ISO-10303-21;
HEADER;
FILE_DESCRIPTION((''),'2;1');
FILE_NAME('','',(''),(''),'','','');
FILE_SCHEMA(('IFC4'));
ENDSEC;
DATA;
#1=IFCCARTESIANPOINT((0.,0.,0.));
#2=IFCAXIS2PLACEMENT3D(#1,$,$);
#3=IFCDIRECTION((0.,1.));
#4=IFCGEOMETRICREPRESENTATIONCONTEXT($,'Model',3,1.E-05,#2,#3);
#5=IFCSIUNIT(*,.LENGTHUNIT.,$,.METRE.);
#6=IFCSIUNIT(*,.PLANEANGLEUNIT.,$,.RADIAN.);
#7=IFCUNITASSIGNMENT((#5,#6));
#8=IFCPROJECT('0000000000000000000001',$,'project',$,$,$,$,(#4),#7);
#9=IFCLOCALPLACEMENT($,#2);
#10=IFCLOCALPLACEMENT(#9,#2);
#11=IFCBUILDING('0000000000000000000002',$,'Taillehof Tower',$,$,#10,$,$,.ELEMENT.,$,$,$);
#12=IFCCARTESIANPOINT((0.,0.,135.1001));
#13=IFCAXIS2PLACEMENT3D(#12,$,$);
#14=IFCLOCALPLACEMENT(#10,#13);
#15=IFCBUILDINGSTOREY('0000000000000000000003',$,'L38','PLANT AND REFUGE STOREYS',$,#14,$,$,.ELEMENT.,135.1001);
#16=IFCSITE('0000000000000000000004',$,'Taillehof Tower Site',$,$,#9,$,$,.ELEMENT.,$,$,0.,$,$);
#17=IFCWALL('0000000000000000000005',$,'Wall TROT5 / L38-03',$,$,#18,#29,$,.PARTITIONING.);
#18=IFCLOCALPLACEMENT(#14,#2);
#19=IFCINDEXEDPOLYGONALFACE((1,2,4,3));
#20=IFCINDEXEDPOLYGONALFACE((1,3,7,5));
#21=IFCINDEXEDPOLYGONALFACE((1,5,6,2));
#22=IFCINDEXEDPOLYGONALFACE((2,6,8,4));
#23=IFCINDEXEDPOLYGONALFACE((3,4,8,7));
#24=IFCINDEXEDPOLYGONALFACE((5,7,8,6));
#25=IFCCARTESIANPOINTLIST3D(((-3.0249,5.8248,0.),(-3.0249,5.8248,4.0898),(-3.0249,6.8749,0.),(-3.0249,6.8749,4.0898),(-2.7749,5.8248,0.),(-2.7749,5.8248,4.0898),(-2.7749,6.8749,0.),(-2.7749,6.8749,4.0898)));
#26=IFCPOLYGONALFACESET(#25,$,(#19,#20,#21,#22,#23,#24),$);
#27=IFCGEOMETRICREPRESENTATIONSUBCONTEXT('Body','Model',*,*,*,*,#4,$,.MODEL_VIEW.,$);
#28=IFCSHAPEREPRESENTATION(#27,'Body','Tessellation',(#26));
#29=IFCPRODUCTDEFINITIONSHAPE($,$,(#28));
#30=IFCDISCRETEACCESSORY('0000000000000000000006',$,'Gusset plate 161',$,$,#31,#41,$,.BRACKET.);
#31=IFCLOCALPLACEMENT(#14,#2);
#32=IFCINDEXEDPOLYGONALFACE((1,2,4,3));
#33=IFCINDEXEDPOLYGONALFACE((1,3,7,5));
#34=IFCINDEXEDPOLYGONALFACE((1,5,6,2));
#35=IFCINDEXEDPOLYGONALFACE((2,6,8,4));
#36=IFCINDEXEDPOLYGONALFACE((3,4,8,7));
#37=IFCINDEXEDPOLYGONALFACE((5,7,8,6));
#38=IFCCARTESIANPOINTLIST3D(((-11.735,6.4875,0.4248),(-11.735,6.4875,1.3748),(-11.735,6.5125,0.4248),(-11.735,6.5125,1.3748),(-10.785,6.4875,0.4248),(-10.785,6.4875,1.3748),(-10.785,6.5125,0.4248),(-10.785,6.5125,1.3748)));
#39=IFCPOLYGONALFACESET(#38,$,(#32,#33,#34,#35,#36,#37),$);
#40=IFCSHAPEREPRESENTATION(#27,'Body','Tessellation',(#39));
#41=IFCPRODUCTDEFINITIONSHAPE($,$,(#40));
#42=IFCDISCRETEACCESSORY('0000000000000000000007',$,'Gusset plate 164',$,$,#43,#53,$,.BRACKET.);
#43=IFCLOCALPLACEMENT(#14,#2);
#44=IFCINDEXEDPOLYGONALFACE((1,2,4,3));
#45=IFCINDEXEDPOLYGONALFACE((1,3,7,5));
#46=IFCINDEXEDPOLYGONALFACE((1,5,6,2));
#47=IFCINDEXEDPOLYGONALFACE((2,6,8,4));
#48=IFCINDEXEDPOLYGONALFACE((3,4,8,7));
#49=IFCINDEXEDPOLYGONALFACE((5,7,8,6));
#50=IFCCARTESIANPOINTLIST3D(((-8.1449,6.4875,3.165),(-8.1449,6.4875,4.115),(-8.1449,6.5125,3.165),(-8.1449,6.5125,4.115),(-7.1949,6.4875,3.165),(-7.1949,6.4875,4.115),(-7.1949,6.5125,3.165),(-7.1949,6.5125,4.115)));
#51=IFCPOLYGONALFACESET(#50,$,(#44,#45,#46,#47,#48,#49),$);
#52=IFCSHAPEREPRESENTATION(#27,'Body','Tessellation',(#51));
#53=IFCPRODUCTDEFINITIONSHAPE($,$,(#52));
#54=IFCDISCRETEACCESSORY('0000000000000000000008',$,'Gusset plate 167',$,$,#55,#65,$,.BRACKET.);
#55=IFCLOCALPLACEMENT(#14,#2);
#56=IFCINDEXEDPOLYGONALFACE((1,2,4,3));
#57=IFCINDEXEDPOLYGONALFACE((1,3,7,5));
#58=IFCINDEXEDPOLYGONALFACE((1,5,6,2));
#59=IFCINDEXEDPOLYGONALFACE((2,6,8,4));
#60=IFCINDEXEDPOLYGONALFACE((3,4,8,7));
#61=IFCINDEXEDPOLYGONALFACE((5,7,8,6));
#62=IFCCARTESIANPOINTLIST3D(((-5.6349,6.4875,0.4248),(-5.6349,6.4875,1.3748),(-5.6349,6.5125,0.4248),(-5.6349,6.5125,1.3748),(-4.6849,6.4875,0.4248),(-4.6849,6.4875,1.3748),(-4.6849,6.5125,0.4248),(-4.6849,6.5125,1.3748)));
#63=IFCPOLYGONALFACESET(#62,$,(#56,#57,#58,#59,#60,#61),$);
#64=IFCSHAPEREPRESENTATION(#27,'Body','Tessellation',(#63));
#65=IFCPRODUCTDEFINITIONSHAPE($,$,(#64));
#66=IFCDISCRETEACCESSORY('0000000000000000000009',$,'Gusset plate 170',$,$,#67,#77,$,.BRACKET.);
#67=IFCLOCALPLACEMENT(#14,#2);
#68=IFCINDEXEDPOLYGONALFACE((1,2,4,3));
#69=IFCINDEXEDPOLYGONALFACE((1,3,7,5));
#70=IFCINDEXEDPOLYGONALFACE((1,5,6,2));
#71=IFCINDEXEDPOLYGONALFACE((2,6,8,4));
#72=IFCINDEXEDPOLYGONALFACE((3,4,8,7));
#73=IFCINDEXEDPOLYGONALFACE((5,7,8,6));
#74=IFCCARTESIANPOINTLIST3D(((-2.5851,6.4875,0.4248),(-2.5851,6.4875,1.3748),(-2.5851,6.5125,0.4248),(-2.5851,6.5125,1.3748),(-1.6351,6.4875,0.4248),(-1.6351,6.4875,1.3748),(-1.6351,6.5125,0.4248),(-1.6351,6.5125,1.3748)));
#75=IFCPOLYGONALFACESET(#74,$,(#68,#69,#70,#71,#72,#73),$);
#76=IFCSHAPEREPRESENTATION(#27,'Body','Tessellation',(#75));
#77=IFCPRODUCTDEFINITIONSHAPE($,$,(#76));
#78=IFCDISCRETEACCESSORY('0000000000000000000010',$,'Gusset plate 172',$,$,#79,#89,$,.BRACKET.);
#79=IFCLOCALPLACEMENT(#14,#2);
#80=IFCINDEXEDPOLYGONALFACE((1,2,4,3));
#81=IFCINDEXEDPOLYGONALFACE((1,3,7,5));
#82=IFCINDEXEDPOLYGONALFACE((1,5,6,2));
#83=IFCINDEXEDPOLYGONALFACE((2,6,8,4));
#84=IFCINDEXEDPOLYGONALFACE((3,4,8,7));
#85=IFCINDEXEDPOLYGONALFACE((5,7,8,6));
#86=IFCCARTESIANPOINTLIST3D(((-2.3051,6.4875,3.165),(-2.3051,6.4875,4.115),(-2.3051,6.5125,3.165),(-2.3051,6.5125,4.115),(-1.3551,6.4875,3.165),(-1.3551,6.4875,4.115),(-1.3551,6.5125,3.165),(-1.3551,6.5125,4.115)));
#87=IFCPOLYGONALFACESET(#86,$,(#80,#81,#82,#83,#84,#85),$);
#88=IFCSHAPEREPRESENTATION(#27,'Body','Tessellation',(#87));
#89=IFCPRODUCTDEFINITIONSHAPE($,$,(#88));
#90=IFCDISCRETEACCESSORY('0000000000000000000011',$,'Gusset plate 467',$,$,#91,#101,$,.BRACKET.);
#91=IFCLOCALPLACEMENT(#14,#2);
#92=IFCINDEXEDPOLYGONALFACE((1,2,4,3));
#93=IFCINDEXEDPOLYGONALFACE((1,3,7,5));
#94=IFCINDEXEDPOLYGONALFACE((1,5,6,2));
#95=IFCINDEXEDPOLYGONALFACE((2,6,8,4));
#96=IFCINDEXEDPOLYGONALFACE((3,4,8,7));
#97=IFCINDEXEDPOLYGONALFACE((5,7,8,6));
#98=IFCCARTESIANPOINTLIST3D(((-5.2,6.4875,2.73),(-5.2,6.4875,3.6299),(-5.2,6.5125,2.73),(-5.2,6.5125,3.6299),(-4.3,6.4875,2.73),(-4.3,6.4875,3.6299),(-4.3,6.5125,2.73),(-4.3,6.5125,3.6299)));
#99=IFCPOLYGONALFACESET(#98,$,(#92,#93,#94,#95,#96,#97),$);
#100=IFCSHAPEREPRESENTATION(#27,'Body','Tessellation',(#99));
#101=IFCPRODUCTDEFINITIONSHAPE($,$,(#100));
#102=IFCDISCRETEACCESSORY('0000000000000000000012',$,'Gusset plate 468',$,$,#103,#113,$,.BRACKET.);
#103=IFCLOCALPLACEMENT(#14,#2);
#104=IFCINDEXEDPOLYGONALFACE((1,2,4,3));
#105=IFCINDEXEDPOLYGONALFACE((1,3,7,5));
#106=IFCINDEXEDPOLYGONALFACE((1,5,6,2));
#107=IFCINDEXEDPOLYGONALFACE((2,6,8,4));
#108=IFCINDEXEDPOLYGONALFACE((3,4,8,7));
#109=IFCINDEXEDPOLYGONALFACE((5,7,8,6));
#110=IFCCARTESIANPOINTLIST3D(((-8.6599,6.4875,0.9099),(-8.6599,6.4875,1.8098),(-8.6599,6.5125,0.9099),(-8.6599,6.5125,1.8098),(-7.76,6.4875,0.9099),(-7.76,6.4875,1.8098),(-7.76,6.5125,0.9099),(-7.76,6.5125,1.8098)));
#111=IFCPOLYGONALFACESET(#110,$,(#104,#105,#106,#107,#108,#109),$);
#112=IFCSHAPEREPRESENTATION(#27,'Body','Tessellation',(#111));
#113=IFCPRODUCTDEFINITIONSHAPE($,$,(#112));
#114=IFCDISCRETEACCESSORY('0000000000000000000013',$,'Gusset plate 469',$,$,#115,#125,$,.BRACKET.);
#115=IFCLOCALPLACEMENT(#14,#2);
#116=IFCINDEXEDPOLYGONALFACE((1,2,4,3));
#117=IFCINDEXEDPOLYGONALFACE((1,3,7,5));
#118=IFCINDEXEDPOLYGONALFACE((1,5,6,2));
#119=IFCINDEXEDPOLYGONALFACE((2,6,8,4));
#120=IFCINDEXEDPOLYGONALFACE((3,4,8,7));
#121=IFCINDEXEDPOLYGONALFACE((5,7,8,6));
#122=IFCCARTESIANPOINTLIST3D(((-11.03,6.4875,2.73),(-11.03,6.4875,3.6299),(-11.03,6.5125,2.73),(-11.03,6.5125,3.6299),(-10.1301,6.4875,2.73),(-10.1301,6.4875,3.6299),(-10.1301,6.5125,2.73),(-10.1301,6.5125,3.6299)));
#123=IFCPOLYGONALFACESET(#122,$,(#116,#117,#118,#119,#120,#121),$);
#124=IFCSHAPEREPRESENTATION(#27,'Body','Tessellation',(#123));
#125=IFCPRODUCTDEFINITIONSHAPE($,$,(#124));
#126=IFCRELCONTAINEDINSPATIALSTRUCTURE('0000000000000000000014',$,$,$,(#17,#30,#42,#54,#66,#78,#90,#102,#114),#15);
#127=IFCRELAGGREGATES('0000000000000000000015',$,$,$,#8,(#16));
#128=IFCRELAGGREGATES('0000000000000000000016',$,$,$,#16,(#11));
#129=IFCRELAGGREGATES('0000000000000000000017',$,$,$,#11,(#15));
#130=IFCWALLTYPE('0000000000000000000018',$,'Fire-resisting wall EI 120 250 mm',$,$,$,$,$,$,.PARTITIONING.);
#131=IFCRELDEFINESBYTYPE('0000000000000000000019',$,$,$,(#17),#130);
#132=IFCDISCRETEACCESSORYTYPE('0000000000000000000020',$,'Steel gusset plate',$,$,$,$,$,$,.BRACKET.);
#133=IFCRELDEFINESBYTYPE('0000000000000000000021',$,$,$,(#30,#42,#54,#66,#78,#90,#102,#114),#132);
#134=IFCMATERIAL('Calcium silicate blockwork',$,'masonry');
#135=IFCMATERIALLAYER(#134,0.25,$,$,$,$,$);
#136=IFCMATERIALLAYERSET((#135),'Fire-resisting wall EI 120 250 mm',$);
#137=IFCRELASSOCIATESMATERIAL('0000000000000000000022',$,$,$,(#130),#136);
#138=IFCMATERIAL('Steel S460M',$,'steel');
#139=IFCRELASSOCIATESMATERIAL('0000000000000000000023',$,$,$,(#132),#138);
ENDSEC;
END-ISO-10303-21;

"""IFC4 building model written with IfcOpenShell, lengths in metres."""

from ifc_helpers import new_model, si_unit, direction, frame, frame_2d, origin, origin_2d, place, context, subcontext, project, spatial, rectangle, extrude, material, layer, layer_set, type_object, element, save


model = new_model("IFC4")

# Units and contexts
model_context = context("Model", 3, precision=1e-05, world=origin(), true_north=direction((0.0, 1.0)))
body_context = subcontext(model_context, "Body", "Model", "MODEL_VIEW")
ifc_project = project(units=[si_unit("LENGTHUNIT", "METRE"), si_unit("PLANEANGLEUNIT", "RADIAN")], contexts=[model_context])

# Site, building, storey
site_placement = place(None, origin())
site = spatial("IfcSite", under=ifc_project, at=site_placement, Name="Taillehof Tower Site", CompositionType="ELEMENT", RefElevation=0.0)
building_placement = place(site_placement, origin())
building = spatial("IfcBuilding", under=site, at=building_placement, Name="Taillehof Tower", CompositionType="ELEMENT")
storey_placement = place(building_placement, frame((0.0, 0.0, 135.1001)))
storey = spatial("IfcBuildingStorey", under=building, at=storey_placement, Name="L38", Description="PLANT AND REFUGE STOREYS", CompositionType="ELEMENT", Elevation=135.1001)

# Shared definitions
ifc_material_1 = material(Name="Calcium silicate blockwork", Category="masonry")
ifc_layer_1 = layer(ifc_material_1, 0.25)
ifc_layer_set_1 = layer_set([ifc_layer_1], Name="Fire-resisting wall EI 120 250 mm")
wall_type_1 = type_object("IfcWallType", Name="Fire-resisting wall EI 120 250 mm", PredefinedType="PARTITIONING", material=ifc_layer_set_1)

# Wall
wall_1_placement = place(storey_placement, frame((-2.8999, 5.825, 0.0), z_axis=(0.0, 0.0, 1.0), x_axis=(0.0, 1.0, 0.0)))
element("IfcWall", 1, at=wall_1_placement, inside=storey, type_object=wall_type_1, Name="Wall TROT5 / L38-03", PredefinedType="PARTITIONING", context=body_context, shape_type="SweptSolid", body=[
    extrude(rectangle(XDim=1.05, YDim=0.25, at=frame_2d((0.5249, 0.0))), origin(), (0.0, 0.0, 1.0), 4.0898),
])

# Discrete accessories
ifc_material_2 = material(Name="Steel S460M", Category="steel")
discrete_accessory_type = type_object("IfcDiscreteAccessoryType", Name="Steel gusset plate", PredefinedType="BRACKET", material=ifc_material_2)
for number, where, z_axis, x_axis, name in (
    (2, (-11.26, 6.5, 0.4248), (0.0, 0.0, 1.0), (-1.0, 0.0, 0.0), "Gusset plate 161"),
    (3, (-7.6699, 6.5, 3.165), (0.0, 0.0, 1.0), (-1.0, 0.0, 0.0), "Gusset plate 164"),
    (4, (-5.1599, 6.5, 0.4248), (0.0, 0.0, 1.0), (-1.0, 0.0, 0.0), "Gusset plate 167"),
    (5, (-2.1101, 6.5, 0.4248), (0.0, 0.0, 1.0), (-1.0, 0.0, 0.0), "Gusset plate 170"),
    (6, (-1.8301, 6.5, 3.165), (0.0, 0.0, 1.0), (-1.0, 0.0, 0.0), "Gusset plate 172"),
):
    element("IfcDiscreteAccessory", number, at=place(storey_placement, frame(where, z_axis=z_axis, x_axis=x_axis)), inside=storey, type_object=discrete_accessory_type, Name=name, PredefinedType="BRACKET", context=body_context, shape_type="SweptSolid", body=[
        extrude(rectangle(XDim=0.95, YDim=0.0249, at=origin_2d()), origin(), (0.0, 0.0, 1.0), 0.95),
    ])
for number, where, z_axis, x_axis, name in (
    (7, (-4.75, 6.5, 2.73), (0.0, 0.0, 1.0), (1.0, 0.0, 0.0), "Gusset plate 467"),
    (8, (-8.21, 6.5, 0.9099), (0.0, 0.0, 1.0), (1.0, 0.0, 0.0), "Gusset plate 468"),
    (9, (-10.5801, 6.5, 2.73), (0.0, 0.0, 1.0), (1.0, 0.0, 0.0), "Gusset plate 469"),
):
    element("IfcDiscreteAccessory", number, at=place(storey_placement, frame(where, z_axis=z_axis, x_axis=x_axis)), inside=storey, type_object=discrete_accessory_type, Name=name, PredefinedType="BRACKET", context=body_context, shape_type="SweptSolid", body=[
        extrude(rectangle(XDim=0.8999, YDim=0.0249, at=origin_2d()), origin(), (0.0, 0.0, 1.0), 0.8999),
    ])

save(model, "model.ifc")
